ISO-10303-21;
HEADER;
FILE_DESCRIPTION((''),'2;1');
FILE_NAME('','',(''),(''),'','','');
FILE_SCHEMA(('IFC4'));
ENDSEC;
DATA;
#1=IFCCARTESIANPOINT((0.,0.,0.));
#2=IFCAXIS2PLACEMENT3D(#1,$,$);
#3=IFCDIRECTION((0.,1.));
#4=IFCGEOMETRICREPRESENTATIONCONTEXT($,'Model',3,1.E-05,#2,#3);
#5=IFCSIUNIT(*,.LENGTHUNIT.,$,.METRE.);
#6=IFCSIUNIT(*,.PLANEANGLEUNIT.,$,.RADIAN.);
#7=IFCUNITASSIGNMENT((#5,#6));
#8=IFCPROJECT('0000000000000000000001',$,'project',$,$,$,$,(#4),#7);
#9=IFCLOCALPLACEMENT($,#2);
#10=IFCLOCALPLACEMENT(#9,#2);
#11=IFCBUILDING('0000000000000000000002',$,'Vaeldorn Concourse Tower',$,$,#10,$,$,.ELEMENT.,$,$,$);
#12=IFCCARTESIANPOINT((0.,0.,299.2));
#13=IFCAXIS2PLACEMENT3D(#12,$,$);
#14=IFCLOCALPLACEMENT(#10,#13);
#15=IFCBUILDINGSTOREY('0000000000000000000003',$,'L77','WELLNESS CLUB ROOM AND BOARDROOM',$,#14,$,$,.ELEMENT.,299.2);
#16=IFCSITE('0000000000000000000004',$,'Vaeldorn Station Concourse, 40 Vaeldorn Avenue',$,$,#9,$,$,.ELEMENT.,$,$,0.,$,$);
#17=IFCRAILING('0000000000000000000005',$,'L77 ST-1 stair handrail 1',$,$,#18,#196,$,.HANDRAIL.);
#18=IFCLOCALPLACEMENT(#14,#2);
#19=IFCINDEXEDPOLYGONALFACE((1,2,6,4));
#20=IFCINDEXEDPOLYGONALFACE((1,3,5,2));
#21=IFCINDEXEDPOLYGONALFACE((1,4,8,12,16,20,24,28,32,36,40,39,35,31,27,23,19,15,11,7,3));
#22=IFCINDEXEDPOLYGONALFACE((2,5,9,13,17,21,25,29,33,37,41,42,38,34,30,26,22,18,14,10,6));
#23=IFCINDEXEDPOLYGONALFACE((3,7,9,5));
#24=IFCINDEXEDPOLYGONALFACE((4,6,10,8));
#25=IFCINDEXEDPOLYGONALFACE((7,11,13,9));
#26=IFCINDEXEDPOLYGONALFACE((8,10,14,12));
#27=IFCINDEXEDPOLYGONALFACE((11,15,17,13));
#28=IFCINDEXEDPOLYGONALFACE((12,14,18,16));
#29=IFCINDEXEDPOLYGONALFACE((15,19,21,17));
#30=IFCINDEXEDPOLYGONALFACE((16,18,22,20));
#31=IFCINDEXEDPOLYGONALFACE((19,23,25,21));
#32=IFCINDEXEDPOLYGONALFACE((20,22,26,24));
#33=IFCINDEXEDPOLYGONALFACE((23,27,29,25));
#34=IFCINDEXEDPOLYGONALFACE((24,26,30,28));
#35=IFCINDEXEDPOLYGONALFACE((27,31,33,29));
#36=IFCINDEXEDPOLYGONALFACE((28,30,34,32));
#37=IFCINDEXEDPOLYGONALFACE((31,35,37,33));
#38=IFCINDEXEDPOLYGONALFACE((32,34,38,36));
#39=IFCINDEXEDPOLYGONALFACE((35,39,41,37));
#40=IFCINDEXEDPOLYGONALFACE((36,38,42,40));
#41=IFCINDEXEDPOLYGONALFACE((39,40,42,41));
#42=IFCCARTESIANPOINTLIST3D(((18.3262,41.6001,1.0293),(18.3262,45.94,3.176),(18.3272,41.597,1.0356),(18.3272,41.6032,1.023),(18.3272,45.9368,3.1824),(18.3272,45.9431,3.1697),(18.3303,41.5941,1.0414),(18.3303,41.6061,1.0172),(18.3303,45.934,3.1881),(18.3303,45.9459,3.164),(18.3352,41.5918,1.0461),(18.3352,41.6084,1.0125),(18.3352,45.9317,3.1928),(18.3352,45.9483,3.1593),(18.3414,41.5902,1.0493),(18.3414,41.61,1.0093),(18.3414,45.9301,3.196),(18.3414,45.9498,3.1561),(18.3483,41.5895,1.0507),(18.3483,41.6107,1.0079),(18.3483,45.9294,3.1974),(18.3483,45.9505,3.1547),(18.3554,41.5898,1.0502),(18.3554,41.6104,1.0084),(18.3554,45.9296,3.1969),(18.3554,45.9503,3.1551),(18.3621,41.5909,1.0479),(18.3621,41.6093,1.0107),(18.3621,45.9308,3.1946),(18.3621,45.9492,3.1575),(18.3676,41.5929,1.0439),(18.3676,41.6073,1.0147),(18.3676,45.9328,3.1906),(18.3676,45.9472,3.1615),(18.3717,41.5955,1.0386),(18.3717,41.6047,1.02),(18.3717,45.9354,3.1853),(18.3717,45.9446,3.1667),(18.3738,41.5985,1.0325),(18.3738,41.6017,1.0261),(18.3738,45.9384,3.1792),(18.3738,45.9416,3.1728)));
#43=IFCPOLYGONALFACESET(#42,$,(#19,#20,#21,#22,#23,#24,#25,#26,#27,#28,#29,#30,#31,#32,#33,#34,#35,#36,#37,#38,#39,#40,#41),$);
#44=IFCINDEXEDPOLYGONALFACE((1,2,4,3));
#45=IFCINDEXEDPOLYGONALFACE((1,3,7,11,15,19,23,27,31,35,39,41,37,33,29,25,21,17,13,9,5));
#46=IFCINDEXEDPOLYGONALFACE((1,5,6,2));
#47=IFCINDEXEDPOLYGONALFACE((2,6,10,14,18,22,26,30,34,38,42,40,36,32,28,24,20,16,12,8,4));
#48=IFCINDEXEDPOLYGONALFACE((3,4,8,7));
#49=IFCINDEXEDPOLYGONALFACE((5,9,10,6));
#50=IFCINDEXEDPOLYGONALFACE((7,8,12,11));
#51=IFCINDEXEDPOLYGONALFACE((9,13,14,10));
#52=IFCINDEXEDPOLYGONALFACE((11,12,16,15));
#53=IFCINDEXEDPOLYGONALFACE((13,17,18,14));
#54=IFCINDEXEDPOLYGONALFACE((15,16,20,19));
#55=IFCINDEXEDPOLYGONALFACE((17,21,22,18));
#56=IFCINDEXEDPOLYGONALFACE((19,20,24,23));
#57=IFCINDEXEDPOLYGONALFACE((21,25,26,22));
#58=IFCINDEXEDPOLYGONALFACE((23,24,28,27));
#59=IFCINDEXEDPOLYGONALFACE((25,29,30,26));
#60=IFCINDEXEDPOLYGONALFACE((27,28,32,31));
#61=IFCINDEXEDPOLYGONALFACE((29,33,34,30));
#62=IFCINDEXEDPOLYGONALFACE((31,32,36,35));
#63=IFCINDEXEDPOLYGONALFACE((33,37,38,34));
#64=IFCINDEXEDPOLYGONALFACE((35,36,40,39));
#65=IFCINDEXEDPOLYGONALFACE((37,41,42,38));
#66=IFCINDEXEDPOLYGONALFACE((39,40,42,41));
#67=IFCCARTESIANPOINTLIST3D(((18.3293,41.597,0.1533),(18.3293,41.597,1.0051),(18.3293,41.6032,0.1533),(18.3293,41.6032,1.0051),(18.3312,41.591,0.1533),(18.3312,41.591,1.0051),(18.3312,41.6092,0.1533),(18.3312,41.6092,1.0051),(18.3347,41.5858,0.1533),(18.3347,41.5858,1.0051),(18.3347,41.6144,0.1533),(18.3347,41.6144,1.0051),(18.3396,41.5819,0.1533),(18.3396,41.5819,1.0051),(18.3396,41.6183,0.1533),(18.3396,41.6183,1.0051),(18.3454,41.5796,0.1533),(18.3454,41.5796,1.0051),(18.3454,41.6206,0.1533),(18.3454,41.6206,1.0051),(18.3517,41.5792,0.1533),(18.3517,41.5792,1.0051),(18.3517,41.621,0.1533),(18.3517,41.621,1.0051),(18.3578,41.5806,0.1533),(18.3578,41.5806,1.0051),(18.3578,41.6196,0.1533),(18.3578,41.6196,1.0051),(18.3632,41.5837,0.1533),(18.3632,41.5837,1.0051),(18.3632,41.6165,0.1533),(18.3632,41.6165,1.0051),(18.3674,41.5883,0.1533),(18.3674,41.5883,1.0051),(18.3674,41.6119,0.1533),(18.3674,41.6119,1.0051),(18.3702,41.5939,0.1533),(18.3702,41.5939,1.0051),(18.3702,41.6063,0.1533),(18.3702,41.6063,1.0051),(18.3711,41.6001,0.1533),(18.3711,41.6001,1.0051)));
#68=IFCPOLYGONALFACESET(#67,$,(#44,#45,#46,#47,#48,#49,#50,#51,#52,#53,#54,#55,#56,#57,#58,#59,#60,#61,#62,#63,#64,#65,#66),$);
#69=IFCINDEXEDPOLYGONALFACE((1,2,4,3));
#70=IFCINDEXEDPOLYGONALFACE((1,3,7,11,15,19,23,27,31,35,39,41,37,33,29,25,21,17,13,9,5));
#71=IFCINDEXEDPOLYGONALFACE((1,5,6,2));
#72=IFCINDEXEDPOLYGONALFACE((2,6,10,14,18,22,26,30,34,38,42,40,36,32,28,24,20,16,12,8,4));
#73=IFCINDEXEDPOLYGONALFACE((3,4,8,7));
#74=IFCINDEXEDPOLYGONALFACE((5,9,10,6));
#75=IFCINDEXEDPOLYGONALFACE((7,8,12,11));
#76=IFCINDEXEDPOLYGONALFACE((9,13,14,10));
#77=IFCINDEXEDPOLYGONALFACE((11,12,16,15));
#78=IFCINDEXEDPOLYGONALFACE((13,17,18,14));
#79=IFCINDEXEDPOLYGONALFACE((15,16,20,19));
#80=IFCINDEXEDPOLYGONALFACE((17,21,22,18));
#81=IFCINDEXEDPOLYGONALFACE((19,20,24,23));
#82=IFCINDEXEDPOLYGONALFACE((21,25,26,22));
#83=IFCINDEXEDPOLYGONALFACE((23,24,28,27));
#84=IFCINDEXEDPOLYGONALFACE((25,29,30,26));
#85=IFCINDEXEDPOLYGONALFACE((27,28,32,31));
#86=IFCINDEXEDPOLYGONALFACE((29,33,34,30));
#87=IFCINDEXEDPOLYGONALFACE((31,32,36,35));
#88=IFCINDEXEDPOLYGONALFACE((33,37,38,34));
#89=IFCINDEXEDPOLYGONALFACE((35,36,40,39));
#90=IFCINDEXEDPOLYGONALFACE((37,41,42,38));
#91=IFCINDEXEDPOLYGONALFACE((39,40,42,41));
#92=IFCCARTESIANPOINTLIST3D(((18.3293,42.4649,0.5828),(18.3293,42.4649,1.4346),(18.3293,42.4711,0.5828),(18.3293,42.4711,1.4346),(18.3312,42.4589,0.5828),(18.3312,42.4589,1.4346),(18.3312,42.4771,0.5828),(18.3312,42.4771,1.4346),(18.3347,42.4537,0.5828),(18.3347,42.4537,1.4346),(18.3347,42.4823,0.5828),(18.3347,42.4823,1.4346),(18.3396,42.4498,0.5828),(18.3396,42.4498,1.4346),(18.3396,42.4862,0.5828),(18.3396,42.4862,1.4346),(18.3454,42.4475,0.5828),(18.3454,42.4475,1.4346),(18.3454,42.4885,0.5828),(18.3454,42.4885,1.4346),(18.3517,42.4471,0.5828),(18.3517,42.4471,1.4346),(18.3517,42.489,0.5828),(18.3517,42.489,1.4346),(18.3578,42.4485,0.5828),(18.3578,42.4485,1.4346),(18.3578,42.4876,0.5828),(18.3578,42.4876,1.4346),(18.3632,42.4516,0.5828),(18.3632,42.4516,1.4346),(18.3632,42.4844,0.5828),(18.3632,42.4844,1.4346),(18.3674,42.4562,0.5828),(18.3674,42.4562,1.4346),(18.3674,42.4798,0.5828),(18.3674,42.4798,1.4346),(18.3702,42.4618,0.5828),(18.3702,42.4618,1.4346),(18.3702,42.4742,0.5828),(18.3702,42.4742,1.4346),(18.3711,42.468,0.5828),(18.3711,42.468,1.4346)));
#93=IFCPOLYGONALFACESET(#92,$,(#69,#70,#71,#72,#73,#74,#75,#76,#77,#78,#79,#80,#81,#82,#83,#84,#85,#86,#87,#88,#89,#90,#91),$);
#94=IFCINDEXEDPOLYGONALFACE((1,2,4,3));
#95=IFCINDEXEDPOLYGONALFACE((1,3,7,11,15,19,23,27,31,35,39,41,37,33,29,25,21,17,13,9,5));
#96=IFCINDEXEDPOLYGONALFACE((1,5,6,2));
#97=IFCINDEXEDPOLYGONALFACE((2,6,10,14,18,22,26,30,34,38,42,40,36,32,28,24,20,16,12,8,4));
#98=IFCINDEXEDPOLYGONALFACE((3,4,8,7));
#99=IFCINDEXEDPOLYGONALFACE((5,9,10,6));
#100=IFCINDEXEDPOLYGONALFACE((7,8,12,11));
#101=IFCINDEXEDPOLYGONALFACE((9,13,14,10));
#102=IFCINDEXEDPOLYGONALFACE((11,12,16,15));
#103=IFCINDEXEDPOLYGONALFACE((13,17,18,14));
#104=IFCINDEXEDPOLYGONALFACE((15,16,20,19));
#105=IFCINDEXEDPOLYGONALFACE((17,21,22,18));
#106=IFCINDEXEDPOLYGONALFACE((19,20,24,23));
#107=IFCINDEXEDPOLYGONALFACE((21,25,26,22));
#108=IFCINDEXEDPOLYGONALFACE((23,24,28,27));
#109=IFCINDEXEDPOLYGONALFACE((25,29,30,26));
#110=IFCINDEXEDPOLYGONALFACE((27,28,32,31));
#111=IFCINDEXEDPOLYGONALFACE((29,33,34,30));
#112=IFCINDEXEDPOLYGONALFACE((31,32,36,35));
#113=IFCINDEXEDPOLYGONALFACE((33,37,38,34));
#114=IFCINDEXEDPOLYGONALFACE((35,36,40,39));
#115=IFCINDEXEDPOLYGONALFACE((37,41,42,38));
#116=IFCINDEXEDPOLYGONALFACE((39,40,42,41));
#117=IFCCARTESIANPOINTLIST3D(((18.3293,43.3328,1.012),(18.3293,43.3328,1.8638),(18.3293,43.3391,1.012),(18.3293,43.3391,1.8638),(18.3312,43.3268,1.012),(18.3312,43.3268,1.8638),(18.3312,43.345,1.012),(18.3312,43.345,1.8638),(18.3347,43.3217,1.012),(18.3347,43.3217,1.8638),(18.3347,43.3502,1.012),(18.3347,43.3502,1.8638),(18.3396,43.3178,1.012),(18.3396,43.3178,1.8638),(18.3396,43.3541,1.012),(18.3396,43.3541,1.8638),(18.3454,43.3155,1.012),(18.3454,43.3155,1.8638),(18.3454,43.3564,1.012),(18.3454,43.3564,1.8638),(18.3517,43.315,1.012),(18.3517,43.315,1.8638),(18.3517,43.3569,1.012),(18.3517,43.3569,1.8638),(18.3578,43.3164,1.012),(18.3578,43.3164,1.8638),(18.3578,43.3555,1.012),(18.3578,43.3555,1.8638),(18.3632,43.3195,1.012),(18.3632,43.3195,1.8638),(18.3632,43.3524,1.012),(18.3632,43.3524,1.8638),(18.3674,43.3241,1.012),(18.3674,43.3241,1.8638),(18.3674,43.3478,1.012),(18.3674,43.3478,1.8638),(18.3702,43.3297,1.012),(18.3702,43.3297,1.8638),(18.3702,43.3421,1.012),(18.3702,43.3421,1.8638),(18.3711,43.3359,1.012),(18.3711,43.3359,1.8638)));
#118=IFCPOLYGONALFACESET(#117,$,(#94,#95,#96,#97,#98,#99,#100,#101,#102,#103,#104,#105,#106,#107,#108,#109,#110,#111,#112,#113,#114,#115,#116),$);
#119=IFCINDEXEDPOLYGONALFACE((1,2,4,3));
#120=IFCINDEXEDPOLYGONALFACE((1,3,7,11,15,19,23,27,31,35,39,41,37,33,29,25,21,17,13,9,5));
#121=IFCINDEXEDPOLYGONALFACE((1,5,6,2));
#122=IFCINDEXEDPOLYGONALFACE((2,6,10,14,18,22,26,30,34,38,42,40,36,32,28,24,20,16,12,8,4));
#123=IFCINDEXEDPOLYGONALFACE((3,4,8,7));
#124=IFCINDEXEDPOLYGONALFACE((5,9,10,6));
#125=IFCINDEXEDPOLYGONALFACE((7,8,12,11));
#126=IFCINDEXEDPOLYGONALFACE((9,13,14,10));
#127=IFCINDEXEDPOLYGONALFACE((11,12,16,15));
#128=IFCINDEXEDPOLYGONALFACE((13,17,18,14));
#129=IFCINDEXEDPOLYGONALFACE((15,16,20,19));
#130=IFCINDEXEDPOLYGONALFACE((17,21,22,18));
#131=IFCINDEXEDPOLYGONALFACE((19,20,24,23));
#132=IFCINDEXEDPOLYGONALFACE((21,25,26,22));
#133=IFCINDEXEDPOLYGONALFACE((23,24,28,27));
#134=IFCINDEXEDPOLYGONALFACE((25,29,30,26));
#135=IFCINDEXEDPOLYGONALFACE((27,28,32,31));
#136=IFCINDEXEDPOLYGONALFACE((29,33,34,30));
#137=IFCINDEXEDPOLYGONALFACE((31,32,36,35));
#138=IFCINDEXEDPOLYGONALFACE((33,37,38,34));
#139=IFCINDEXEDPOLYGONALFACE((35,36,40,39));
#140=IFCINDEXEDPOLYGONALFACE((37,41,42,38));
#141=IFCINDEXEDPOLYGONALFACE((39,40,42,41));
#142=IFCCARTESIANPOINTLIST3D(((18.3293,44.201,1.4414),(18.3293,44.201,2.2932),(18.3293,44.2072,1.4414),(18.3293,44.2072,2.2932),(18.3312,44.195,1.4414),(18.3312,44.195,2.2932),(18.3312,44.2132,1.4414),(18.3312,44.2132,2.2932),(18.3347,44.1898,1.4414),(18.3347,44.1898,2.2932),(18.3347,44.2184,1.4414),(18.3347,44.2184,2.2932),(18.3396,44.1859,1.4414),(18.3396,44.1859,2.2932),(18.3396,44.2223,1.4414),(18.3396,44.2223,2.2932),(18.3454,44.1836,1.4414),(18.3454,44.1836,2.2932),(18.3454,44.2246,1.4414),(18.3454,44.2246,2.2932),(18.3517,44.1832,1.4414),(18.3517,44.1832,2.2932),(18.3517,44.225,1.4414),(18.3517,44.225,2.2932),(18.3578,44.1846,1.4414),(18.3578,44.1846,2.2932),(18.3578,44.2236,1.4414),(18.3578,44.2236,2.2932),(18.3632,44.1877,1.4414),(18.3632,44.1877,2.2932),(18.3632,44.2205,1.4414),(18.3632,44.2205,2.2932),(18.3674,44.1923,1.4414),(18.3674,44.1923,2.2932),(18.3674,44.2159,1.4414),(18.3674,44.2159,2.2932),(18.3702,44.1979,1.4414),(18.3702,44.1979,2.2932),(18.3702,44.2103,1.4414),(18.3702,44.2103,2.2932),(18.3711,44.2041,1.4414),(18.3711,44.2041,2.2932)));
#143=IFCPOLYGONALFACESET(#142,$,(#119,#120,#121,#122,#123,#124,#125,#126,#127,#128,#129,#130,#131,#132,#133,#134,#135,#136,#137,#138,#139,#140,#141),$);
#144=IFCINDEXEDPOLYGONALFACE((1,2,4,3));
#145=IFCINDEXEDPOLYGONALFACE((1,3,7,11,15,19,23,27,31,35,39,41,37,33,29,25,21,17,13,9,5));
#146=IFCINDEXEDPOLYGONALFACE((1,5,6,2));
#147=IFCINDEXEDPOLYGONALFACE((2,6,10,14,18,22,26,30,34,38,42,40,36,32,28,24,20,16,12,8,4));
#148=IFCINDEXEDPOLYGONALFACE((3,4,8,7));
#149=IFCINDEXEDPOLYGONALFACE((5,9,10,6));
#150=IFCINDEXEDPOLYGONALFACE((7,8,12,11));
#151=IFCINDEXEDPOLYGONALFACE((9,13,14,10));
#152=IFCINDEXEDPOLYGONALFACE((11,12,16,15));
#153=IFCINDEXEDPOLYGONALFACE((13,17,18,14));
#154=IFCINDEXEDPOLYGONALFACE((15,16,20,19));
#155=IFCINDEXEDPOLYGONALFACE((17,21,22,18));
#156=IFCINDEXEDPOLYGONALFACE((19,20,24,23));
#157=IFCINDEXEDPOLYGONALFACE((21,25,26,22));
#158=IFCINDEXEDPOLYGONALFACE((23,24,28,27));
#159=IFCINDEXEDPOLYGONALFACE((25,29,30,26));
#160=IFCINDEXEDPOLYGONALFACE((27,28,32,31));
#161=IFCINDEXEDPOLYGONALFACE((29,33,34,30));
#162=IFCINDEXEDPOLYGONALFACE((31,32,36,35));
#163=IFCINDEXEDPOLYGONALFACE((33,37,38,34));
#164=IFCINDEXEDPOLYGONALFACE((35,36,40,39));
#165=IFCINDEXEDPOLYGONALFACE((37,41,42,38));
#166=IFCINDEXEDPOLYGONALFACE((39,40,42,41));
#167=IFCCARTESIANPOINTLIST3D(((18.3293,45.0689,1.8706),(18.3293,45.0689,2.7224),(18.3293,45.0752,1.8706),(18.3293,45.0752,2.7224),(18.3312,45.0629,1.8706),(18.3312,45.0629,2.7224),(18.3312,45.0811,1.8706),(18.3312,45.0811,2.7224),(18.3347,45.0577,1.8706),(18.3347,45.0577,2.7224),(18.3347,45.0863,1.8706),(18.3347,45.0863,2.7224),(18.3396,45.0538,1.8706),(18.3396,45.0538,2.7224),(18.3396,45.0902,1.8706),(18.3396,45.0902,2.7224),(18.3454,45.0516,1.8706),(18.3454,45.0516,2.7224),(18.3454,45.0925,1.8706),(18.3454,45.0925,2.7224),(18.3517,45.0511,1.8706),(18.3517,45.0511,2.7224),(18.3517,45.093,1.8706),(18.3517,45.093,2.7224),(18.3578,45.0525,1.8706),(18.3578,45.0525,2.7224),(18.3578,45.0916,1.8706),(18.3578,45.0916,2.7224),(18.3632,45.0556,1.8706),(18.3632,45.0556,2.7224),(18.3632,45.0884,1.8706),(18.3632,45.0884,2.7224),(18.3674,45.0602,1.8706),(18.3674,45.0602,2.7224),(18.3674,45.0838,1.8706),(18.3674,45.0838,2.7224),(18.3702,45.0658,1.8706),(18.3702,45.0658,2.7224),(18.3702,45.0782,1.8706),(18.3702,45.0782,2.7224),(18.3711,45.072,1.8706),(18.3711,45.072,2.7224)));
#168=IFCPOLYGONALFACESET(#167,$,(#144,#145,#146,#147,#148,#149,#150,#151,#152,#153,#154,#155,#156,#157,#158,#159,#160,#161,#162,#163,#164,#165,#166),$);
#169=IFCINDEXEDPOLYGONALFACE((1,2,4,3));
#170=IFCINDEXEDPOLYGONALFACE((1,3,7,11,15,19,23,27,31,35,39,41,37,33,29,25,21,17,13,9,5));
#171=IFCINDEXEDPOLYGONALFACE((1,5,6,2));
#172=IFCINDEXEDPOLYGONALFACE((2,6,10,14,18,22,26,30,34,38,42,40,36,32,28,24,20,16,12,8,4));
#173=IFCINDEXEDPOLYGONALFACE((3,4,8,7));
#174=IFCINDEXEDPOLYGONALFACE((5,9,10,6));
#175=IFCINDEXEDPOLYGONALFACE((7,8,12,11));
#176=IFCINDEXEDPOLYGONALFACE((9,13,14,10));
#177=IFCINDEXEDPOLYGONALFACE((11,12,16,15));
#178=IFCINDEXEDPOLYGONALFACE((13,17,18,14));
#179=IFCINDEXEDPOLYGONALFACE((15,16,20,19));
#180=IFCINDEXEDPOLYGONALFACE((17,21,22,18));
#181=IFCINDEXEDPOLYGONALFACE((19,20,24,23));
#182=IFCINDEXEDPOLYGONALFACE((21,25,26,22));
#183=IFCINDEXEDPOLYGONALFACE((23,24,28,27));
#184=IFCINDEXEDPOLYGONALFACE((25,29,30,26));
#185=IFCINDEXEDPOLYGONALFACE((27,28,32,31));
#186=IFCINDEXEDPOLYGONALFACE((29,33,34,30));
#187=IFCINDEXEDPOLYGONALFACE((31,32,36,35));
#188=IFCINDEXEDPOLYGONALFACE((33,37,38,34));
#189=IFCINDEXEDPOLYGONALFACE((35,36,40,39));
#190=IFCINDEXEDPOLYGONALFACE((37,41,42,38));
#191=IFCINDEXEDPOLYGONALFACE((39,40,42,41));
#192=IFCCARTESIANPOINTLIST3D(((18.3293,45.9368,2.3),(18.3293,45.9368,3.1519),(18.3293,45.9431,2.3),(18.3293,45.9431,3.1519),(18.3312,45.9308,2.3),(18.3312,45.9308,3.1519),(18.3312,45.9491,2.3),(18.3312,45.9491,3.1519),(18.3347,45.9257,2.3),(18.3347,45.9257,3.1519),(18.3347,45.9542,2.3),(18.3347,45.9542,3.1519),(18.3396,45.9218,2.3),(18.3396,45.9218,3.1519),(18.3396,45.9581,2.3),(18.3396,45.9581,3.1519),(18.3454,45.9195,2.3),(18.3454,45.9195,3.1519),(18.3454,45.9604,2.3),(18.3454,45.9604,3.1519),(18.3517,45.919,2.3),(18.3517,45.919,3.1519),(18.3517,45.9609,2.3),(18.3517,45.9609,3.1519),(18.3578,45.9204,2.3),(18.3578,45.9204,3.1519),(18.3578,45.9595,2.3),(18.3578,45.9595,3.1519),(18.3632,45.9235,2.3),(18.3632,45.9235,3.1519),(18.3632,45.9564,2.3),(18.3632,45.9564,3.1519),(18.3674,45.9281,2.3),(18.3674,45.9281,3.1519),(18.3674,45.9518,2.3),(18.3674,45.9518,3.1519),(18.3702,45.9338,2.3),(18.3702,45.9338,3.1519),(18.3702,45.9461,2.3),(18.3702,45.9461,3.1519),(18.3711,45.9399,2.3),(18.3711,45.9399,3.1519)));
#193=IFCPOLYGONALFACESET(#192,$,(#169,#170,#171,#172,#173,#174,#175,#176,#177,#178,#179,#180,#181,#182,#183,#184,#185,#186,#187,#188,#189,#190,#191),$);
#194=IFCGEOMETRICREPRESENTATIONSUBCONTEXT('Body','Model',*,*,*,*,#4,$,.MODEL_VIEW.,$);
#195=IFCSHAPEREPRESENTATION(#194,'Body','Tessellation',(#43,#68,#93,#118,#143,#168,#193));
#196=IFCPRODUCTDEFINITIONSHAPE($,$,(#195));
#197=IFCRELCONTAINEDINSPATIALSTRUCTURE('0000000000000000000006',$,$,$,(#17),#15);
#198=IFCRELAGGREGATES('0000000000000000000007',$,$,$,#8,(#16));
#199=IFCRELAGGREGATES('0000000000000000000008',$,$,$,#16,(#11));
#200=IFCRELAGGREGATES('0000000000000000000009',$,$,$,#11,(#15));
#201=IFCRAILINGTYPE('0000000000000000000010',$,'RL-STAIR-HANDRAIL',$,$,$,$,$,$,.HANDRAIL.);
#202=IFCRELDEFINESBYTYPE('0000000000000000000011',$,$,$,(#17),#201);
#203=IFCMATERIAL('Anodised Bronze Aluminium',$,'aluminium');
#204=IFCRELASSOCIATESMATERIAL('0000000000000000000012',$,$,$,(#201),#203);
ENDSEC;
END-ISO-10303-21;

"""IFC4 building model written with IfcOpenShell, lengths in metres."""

from ifc_helpers import new_model, si_unit, direction, frame, origin, origin_2d, place, context, subcontext, project, spatial, circle, extrude, material, type_object, element, save


model = new_model("IFC4")

# Units and contexts
model_context = context("Model", 3, precision=1e-05, world=origin(), true_north=direction((0.0, 1.0)))
body_context = subcontext(model_context, "Body", "Model", "MODEL_VIEW")
ifc_project = project(units=[si_unit("LENGTHUNIT", "METRE"), si_unit("PLANEANGLEUNIT", "RADIAN")], contexts=[model_context])

# Site, building, storey
site_placement = place(None, origin())
site = spatial("IfcSite", under=ifc_project, at=site_placement, Name="Vaeldorn Station Concourse, 40 Vaeldorn Avenue", CompositionType="ELEMENT", RefElevation=0.0)
building_placement = place(site_placement, origin())
building = spatial("IfcBuilding", under=site, at=building_placement, Name="Vaeldorn Concourse Tower", CompositionType="ELEMENT")
storey_placement = place(building_placement, frame((0.0, 0.0, 299.2)))
storey = spatial("IfcBuildingStorey", under=building, at=storey_placement, Name="L77", Description="WELLNESS CLUB ROOM AND BOARDROOM", CompositionType="ELEMENT", Elevation=299.2)

# Shared definitions
ifc_material_1 = material(Name="Anodised Bronze Aluminium", Category="aluminium")

# Railing
railing_type_1 = type_object("IfcRailingType", Name="RL-STAIR-HANDRAIL", PredefinedType="HANDRAIL", material=ifc_material_1)
railing_1_placement = place(storey_placement, frame((18.3501, 41.6001, 0.1533)))
element("IfcRailing", 1, at=railing_1_placement, inside=storey, type_object=railing_type_1, Name="L77 ST-1 stair handrail 1", PredefinedType="HANDRAIL", context=body_context, shape_type="SweptSolid", body=[
    extrude(circle(Radius=0.0239, at=origin_2d()), frame((0.0, 0.0, 0.876), z_axis=(0.0, 0.896335, 0.443377), x_axis=(-1.0, 0.0, 0.0)), (0.0, 0.0, 1.0), 4.8418),
    extrude(circle(Radius=0.021, at=origin_2d()), origin(), (0.0, 0.0, 1.0), 0.8518),
    extrude(circle(Radius=0.021, at=origin_2d()), frame((0.0, 0.8679, 0.4294)), (0.0, 0.0, 1.0), 0.8518),
    extrude(circle(Radius=0.021, at=origin_2d()), frame((0.0, 1.7358, 0.8586)), (0.0, 0.0, 1.0), 0.8518),
    extrude(circle(Radius=0.021, at=origin_2d()), frame((0.0, 2.604, 1.2881)), (0.0, 0.0, 1.0), 0.8518),
    extrude(circle(Radius=0.021, at=origin_2d()), frame((0.0, 3.4719, 1.7173)), (0.0, 0.0, 1.0), 0.8518),
    extrude(circle(Radius=0.021, at=origin_2d()), frame((0.0, 4.3398, 2.1467)), (0.0, 0.0, 1.0), 0.8518),
])

save(model, "model.ifc")
